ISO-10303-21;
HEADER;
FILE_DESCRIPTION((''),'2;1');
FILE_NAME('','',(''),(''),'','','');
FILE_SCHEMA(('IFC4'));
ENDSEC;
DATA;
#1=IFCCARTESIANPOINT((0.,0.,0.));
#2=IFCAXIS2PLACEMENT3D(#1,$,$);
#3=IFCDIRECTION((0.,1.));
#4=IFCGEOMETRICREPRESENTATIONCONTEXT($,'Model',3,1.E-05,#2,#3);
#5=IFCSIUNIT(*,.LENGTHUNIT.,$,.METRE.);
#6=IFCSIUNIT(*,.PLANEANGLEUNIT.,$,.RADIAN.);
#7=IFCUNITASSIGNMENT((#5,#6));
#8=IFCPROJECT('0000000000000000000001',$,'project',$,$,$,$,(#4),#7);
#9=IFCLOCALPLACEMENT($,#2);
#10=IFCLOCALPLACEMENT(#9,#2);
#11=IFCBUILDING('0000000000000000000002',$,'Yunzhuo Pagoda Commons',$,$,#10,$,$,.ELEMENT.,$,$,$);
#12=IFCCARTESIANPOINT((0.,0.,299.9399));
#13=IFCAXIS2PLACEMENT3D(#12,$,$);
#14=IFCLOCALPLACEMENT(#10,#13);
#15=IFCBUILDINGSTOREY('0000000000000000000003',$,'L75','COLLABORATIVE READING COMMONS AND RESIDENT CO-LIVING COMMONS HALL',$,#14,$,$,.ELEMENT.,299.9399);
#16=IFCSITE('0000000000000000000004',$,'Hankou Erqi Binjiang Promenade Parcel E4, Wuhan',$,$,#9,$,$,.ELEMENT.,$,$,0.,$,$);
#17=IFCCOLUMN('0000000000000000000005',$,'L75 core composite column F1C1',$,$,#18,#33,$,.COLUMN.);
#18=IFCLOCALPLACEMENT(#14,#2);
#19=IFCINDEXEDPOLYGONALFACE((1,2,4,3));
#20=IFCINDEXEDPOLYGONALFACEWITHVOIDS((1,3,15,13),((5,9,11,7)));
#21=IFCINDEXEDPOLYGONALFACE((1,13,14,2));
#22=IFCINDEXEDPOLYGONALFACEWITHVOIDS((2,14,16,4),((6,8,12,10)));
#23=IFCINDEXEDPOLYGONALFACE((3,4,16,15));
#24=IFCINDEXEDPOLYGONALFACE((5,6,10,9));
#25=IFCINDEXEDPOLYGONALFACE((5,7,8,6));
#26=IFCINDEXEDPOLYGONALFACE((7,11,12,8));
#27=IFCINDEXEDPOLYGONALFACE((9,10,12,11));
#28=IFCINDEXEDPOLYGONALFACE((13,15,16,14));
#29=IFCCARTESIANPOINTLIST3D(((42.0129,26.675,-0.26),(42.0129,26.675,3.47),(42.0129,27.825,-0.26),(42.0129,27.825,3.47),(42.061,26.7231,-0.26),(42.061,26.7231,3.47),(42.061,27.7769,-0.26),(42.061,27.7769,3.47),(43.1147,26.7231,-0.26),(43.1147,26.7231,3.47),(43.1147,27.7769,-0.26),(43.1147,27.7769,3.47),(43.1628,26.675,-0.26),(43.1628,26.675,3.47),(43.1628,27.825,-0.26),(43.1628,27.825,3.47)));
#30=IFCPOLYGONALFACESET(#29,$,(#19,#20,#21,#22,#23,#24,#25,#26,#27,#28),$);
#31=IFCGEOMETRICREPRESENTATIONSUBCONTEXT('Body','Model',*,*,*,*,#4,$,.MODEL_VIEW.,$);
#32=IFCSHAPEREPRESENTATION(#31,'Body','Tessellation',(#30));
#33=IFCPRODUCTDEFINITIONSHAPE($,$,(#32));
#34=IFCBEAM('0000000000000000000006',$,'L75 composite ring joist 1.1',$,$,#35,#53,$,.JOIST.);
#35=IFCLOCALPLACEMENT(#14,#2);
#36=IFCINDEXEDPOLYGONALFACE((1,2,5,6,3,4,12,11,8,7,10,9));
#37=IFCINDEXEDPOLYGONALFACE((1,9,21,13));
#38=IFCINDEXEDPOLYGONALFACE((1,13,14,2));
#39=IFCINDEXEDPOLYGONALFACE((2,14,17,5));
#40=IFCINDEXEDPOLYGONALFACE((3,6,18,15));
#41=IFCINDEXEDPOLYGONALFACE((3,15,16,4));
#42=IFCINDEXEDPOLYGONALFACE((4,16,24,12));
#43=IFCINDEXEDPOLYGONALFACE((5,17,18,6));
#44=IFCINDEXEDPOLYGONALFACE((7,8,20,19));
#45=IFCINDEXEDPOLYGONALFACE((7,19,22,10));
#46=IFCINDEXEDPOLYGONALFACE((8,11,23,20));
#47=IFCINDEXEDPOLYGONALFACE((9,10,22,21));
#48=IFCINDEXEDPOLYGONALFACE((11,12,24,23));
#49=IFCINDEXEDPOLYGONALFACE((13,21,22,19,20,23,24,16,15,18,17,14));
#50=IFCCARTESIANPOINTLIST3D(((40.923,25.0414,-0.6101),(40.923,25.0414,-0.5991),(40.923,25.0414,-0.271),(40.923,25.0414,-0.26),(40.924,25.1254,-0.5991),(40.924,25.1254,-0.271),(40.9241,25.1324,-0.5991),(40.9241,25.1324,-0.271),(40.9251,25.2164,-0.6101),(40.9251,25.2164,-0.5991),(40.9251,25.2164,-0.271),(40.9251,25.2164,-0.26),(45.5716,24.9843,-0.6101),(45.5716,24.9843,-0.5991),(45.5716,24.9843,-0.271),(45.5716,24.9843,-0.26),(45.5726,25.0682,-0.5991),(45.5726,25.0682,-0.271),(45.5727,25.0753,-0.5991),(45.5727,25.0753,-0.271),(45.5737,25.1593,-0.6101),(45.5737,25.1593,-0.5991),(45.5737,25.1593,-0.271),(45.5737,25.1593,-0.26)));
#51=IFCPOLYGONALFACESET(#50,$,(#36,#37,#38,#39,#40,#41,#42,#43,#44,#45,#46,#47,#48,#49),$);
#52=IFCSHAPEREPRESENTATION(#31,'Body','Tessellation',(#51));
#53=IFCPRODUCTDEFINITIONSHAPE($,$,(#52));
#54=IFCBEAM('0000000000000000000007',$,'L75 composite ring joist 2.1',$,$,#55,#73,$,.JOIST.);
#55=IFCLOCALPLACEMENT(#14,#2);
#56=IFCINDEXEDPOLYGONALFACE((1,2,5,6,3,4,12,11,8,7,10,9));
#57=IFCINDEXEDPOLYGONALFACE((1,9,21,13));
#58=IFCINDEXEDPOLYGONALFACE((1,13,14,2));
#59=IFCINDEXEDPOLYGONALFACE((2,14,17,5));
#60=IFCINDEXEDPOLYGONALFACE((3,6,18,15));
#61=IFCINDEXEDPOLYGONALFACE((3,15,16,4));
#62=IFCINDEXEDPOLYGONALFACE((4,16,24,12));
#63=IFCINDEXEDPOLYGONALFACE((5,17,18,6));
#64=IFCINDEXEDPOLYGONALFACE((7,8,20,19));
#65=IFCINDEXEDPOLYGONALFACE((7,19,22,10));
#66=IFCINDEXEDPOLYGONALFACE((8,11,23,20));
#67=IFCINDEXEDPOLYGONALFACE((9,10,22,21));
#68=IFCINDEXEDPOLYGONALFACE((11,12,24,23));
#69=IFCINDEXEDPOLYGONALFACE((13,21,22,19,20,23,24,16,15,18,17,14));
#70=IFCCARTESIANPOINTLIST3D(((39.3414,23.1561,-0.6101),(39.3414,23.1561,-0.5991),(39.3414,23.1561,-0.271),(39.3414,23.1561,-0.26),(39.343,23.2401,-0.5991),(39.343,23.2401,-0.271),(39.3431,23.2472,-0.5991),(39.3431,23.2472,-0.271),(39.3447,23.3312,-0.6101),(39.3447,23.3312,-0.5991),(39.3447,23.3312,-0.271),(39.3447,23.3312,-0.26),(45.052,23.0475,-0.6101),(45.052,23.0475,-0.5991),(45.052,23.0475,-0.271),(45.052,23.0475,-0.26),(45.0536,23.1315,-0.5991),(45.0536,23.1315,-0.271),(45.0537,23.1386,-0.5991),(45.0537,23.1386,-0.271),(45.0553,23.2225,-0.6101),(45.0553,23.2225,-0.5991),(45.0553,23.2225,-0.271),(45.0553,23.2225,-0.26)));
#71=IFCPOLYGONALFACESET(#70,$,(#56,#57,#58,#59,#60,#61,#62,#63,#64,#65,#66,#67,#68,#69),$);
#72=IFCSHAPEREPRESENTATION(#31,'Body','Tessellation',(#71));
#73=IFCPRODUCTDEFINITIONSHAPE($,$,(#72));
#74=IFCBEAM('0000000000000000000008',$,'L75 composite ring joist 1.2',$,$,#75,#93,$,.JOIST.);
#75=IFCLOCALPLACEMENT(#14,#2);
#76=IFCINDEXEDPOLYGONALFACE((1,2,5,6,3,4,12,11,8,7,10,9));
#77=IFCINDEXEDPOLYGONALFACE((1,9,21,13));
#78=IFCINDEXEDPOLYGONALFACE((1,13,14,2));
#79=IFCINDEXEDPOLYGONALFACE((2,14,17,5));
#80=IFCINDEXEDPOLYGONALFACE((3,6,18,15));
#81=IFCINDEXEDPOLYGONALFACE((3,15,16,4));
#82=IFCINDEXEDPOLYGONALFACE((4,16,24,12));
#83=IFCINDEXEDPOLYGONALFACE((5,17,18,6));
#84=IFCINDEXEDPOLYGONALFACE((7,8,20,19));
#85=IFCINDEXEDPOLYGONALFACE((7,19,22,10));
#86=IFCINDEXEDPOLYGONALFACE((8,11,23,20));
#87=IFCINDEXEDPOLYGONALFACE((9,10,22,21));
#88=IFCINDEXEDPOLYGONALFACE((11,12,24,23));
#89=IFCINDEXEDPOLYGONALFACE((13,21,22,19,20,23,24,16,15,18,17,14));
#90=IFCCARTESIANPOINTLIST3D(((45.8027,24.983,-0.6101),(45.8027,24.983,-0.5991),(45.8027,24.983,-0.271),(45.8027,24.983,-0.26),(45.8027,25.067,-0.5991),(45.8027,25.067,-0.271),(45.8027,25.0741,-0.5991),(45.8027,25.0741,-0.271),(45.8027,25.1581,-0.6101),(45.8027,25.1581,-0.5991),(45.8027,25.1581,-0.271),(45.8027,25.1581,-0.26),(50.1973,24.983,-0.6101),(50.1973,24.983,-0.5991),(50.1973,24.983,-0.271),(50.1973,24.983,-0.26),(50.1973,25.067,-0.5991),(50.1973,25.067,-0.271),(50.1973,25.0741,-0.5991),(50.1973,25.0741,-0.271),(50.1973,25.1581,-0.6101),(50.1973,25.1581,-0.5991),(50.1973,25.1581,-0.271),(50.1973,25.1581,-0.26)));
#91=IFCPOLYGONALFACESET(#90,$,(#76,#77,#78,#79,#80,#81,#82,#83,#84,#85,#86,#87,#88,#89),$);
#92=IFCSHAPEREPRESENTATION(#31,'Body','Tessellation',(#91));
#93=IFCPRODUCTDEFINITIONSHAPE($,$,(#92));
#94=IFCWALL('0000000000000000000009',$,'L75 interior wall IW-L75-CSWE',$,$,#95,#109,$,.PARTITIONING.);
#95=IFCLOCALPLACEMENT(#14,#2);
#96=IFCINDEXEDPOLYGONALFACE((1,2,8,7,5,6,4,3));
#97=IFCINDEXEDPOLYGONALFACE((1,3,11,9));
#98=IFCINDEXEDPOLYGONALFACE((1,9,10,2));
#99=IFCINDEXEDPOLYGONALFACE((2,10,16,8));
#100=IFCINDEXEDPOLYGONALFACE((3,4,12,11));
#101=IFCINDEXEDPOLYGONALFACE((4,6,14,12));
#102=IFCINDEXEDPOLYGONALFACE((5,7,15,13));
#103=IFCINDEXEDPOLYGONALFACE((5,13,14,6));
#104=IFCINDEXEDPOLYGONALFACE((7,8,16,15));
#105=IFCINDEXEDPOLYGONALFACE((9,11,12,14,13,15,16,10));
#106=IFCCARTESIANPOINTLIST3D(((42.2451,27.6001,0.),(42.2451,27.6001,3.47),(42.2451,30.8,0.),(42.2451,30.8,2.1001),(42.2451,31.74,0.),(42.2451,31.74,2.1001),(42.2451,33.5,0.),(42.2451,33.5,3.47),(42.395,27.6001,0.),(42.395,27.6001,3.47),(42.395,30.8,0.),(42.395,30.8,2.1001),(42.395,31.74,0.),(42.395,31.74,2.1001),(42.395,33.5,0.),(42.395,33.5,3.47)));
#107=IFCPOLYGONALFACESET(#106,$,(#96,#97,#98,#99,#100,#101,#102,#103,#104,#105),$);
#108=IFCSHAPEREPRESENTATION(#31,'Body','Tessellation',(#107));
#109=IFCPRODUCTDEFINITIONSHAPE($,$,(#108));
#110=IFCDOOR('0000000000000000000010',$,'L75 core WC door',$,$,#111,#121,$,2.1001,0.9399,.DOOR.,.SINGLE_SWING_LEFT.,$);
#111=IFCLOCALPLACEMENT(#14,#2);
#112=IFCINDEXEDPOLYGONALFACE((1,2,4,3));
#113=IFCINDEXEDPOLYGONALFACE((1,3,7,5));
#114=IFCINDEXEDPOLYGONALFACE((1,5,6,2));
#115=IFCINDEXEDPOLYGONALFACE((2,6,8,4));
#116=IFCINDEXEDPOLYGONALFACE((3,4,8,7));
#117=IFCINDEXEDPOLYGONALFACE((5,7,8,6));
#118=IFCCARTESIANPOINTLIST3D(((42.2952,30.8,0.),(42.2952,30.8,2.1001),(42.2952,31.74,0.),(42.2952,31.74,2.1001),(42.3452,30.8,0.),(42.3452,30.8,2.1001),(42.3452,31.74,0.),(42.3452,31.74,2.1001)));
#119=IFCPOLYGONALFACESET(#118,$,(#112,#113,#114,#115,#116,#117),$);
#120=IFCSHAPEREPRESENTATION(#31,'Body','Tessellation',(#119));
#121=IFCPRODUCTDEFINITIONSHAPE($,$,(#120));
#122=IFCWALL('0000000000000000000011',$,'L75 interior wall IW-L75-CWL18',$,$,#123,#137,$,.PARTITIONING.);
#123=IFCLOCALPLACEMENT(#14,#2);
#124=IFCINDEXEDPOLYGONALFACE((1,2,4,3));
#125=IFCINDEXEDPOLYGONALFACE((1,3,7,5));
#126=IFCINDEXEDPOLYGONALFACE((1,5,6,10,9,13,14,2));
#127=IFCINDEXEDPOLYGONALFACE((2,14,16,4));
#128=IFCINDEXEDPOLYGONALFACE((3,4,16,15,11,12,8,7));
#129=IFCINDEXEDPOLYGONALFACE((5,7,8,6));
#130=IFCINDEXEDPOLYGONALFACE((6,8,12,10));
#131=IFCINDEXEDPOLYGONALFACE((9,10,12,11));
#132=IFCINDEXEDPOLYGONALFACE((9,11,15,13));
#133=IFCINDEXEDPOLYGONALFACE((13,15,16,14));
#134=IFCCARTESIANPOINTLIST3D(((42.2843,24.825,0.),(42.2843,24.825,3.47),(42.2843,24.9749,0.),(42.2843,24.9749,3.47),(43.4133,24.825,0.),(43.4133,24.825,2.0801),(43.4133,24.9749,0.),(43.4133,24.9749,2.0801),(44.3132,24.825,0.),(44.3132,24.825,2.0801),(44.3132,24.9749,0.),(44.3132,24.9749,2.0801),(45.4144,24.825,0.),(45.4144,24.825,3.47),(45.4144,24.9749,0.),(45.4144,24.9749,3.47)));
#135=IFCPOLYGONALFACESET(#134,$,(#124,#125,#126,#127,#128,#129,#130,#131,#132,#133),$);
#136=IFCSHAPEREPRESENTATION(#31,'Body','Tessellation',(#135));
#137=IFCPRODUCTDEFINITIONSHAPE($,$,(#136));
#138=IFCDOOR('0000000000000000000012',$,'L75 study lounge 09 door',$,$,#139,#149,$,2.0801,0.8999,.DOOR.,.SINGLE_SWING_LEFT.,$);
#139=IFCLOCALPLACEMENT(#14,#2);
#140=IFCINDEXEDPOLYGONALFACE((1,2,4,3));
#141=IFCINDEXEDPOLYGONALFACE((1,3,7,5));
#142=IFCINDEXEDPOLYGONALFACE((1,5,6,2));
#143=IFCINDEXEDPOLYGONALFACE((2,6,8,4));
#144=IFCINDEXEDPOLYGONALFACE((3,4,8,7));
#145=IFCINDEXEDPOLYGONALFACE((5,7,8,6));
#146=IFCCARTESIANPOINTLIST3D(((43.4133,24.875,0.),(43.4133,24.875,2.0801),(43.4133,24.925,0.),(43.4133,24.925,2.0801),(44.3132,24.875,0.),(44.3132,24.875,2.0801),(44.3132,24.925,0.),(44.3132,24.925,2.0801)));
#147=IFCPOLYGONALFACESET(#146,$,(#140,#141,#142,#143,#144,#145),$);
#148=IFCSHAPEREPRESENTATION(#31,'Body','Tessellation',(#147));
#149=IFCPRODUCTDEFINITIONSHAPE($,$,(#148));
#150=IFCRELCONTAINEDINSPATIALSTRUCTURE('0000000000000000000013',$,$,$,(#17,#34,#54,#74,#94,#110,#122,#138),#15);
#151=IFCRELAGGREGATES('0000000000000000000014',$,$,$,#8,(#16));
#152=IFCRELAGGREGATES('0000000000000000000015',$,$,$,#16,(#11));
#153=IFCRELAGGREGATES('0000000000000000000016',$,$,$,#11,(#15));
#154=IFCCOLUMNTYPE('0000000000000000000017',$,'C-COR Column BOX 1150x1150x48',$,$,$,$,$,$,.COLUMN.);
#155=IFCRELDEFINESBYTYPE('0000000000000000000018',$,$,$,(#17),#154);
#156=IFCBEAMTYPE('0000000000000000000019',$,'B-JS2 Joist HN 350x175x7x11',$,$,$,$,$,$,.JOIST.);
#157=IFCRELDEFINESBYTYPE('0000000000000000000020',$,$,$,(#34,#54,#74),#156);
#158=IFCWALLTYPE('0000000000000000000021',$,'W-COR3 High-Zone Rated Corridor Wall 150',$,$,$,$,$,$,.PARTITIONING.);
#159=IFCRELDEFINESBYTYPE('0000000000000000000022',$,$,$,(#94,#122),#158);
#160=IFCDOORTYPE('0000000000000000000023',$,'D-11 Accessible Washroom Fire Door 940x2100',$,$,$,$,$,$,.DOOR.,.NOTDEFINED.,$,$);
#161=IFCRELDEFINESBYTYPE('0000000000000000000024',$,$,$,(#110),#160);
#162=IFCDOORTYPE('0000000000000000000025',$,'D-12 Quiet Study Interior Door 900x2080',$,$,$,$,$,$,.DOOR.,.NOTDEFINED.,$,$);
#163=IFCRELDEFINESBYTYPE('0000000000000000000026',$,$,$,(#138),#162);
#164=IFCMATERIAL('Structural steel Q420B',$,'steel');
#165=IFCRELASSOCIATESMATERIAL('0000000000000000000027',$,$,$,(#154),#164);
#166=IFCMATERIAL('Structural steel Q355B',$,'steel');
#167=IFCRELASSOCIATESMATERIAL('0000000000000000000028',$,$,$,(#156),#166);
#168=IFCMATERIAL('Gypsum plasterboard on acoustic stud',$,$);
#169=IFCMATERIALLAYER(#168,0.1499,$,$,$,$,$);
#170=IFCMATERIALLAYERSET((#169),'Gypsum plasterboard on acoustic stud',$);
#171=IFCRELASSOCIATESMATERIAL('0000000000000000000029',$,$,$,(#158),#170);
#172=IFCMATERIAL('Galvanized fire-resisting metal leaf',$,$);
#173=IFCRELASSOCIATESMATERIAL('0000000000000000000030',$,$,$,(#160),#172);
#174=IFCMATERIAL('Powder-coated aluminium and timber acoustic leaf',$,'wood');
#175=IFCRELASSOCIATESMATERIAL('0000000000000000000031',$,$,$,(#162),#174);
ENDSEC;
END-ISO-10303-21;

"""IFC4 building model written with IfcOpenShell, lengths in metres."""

from ifc_helpers import new_model, si_unit, direction, frame, frame_2d, origin, origin_with_axes, origin_2d, place, context, subcontext, project, spatial, rectangle, hollow_rectangle, i_section, extrude, source, transform, mapped, material, layer, layer_set, material_profile, profile_set, type_object, element, fill, save


model = new_model("IFC4")

# Units and contexts
model_context = context("Model", 3, precision=1e-05, world=origin(), true_north=direction((0.0, 1.0)))
body_context = subcontext(model_context, "Body", "Model", "MODEL_VIEW")
ifc_project = project(units=[si_unit("LENGTHUNIT", "METRE"), si_unit("PLANEANGLEUNIT", "RADIAN")], contexts=[model_context])

# Site, building, storey
site_placement = place(None, origin())
site = spatial("IfcSite", under=ifc_project, at=site_placement, Name="Hankou Erqi Binjiang Promenade Parcel E4, Wuhan", CompositionType="ELEMENT", RefElevation=0.0)
building_placement = place(site_placement, origin())
building = spatial("IfcBuilding", under=site, at=building_placement, Name="Yunzhuo Pagoda Commons", CompositionType="ELEMENT")
storey_placement = place(building_placement, frame((0.0, 0.0, 299.9399)))
storey = spatial("IfcBuildingStorey", under=building, at=storey_placement, Name="L75", Description="COLLABORATIVE READING COMMONS AND RESIDENT CO-LIVING COMMONS HALL", CompositionType="ELEMENT", Elevation=299.9399)

# Column
ifc_material_1 = material(Name="Structural steel Q420B", Category="steel")
ifc_material_profile_1 = material_profile(ifc_material_1, hollow_rectangle(XDim=1.1499, YDim=1.1499, WallThickness=0.0481, at=origin_2d()), Name="Structural steel Q420B")
ifc_profile_set_1 = profile_set([ifc_material_profile_1], Name="Structural steel Q420B")
column_type = type_object("IfcColumnType", Name="C-COR Column BOX 1150x1150x48", PredefinedType="COLUMN", material=ifc_profile_set_1)
shared_shape_1 = source(origin(), body_context, "Body", "SweptSolid", [
    extrude(hollow_rectangle(XDim=1.1499, YDim=1.1499, WallThickness=0.0481, at=origin_2d()), origin(), (0.0, 0.0, 1.0), 3.73),
])
column_placement = place(storey_placement, frame((42.5879, 27.25, -0.26), z_axis=(0.0, 0.0, 1.0), x_axis=(1.0, 0.0, 0.0)))
element("IfcColumn", 1, at=column_placement, inside=storey, type_object=column_type, Name="L75 core composite column F1C1", PredefinedType="COLUMN", context=body_context, shape_type="MappedRepresentation", body=[
    mapped(shared_shape_1, transform((0.0, 0.0, 0.0), scale=1.0)),
])

# Beams
ifc_material_2 = material(Name="Structural steel Q355B", Category="steel")
ifc_material_profile_2 = material_profile(ifc_material_2, i_section(OverallWidth=0.175, OverallDepth=0.3501, WebThickness=0.0071, FlangeThickness=0.011, at=origin_2d()), Name="Structural steel Q355B")
ifc_profile_set_2 = profile_set([ifc_material_profile_2], Name="Structural steel Q355B")
beam_type = type_object("IfcBeamType", Name="B-JS2 Joist HN 350x175x7x11", PredefinedType="JOIST", material=ifc_profile_set_2)
shared_shape_2 = source(origin(), body_context, "Body", "SweptSolid", [
    extrude(i_section(OverallWidth=0.175, OverallDepth=0.3501, WebThickness=0.0071, FlangeThickness=0.011, at=origin_2d()), origin(), (0.0, 0.0, 1.0), 4.6489),
])
beam_1_placement = place(storey_placement, frame((40.9241, 25.1289, -0.4351), z_axis=(0.999924, -0.012288, 0.0), x_axis=(0.012288, 0.999924, 0.0)))
element("IfcBeam", 2, at=beam_1_placement, inside=storey, type_object=beam_type, Name="L75 composite ring joist 1.1", PredefinedType="JOIST", context=body_context, shape_type="MappedRepresentation", body=[
    mapped(shared_shape_2, transform((0.0, 0.0, 0.0), scale=1.0)),
])
shared_shape_3 = source(origin(), body_context, "Body", "SweptSolid", [
    extrude(i_section(OverallWidth=0.175, OverallDepth=0.3501, WebThickness=0.0071, FlangeThickness=0.011, at=origin_2d()), origin(), (0.0, 0.0, 1.0), 5.7117),
])
beam_2_placement = place(storey_placement, frame((39.343, 23.2437, -0.4351), z_axis=(0.999819, -0.019021, 0.0), x_axis=(0.019021, 0.999819, 0.0)))
element("IfcBeam", 3, at=beam_2_placement, inside=storey, type_object=beam_type, Name="L75 composite ring joist 2.1", PredefinedType="JOIST", context=body_context, shape_type="MappedRepresentation", body=[
    mapped(shared_shape_3, transform((0.0, 0.0, 0.0), scale=1.0)),
])
shared_shape_4 = source(origin(), body_context, "Body", "SweptSolid", [
    extrude(i_section(OverallWidth=0.175, OverallDepth=0.3501, WebThickness=0.0071, FlangeThickness=0.011, at=origin_2d()), origin(), (0.0, 0.0, 1.0), 4.3945),
])
beam_3_placement = place(storey_placement, frame((45.8027, 25.0706, -0.4351), z_axis=(1.0, 0.0, 0.0), x_axis=(0.0, 1.0, 0.0)))
element("IfcBeam", 4, at=beam_3_placement, inside=storey, type_object=beam_type, Name="L75 composite ring joist 1.2", PredefinedType="JOIST", context=body_context, shape_type="MappedRepresentation", body=[
    mapped(shared_shape_4, transform((0.0, 0.0, 0.0), scale=1.0)),
])

# Walls, openings, doors
ifc_material_3 = material(Name="Gypsum plasterboard on acoustic stud")
ifc_layer_1 = layer(ifc_material_3, 0.1499)
ifc_layer_set_1 = layer_set([ifc_layer_1], Name="Gypsum plasterboard on acoustic stud")
wall_type_1 = type_object("IfcWallType", Name="W-COR3 High-Zone Rated Corridor Wall 150", PredefinedType="PARTITIONING", material=ifc_layer_set_1)
wall_1_placement = place(storey_placement, frame((42.3201, 27.6001, 0.0), z_axis=(0.0, 0.0, 1.0), x_axis=(0.0, 1.0, 0.0)))
wall_1 = element("IfcWall", 5, at=wall_1_placement, inside=storey, type_object=wall_type_1, Name="L75 interior wall IW-L75-CSWE", PredefinedType="PARTITIONING", context=body_context, shape_type="SweptSolid", body=[
    extrude(rectangle(XDim=5.8999, YDim=0.1499, at=frame_2d((2.95, 0.0))), origin(), (0.0, 0.0, 1.0), 3.47),
])
opening_1_placement = place(wall_1_placement, frame((3.2, 0.0, 0.0)))
opening_1 = element("IfcOpeningElement", 6, at=opening_1_placement, cuts=wall_1, PredefinedType="OPENING", context=body_context, shape_type="SweptSolid", body=[
    extrude(rectangle(XDim=0.9399, YDim=2.1001, at=frame_2d((0.47, 1.05))), frame((0.0, 0.085, 0.0), z_axis=(0.0, -1.0, 0.0), x_axis=(1.0, 0.0, 0.0)), (0.0, 0.0, 1.0), 0.1699),
])
ifc_material_4 = material(Name="Galvanized fire-resisting metal leaf")
door_type_1 = type_object("IfcDoorType", Name="D-11 Accessible Washroom Fire Door 940x2100", OperationType="NOTDEFINED", PredefinedType="DOOR", material=ifc_material_4)
shared_shape_5 = source(origin(), body_context, "Body", "SweptSolid", [
    extrude(rectangle(XDim=0.9399, YDim=2.1001, at=frame_2d((0.47, 1.05))), frame((0.0, 0.0249, 0.0), z_axis=(0.0, -1.0, 0.0), x_axis=(1.0, 0.0, 0.0)), (0.0, 0.0, 1.0), 0.05),
])
door_1_placement = place(opening_1_placement, origin_with_axes())
door_1 = element("IfcDoor", 7, at=door_1_placement, inside=storey, type_object=door_type_1, Name="L75 core WC door", OperationType="SINGLE_SWING_LEFT", OverallHeight=2.1001, OverallWidth=0.9399, PredefinedType="DOOR", context=body_context, shape_type="MappedRepresentation", body=[
    mapped(shared_shape_5, transform((0.0, 0.0, 0.0), scale=1.0)),
])
fill(opening_1, door_1)
wall_2_placement = place(storey_placement, frame((45.4143, 24.8999, 0.0), z_axis=(0.0, 0.0, 1.0), x_axis=(-1.0, 0.0, 0.0)))
wall_2 = element("IfcWall", 8, at=wall_2_placement, inside=storey, type_object=wall_type_1, Name="L75 interior wall IW-L75-CWL18", PredefinedType="PARTITIONING", context=body_context, shape_type="SweptSolid", body=[
    extrude(rectangle(XDim=3.1301, YDim=0.1499, at=frame_2d((1.5649, 0.0))), origin(), (0.0, 0.0, 1.0), 3.47),
])
opening_2_placement = place(wall_2_placement, frame((1.1011, 0.0, 0.0)))
opening_2 = element("IfcOpeningElement", 9, at=opening_2_placement, cuts=wall_2, PredefinedType="OPENING", context=body_context, shape_type="SweptSolid", body=[
    extrude(rectangle(XDim=0.8999, YDim=2.0801, at=frame_2d((0.45, 1.04))), frame((0.0, 0.085, 0.0), z_axis=(0.0, -1.0, 0.0), x_axis=(1.0, 0.0, 0.0)), (0.0, 0.0, 1.0), 0.1699),
])
ifc_material_5 = material(Name="Powder-coated aluminium and timber acoustic leaf", Category="wood")
door_type_2 = type_object("IfcDoorType", Name="D-12 Quiet Study Interior Door 900x2080", OperationType="NOTDEFINED", PredefinedType="DOOR", material=ifc_material_5)
shared_shape_6 = source(origin(), body_context, "Body", "SweptSolid", [
    extrude(rectangle(XDim=0.8999, YDim=2.0801, at=frame_2d((0.45, 1.04))), frame((0.0, 0.0249, 0.0), z_axis=(0.0, -1.0, 0.0), x_axis=(1.0, 0.0, 0.0)), (0.0, 0.0, 1.0), 0.05),
])
door_2_placement = place(opening_2_placement, origin_with_axes())
door_2 = element("IfcDoor", 10, at=door_2_placement, inside=storey, type_object=door_type_2, Name="L75 study lounge 09 door", OperationType="SINGLE_SWING_LEFT", OverallHeight=2.0801, OverallWidth=0.8999, PredefinedType="DOOR", context=body_context, shape_type="MappedRepresentation", body=[
    mapped(shared_shape_6, transform((0.0, 0.0, 0.0), scale=1.0)),
])
fill(opening_2, door_2)

save(model, "model.ifc")
